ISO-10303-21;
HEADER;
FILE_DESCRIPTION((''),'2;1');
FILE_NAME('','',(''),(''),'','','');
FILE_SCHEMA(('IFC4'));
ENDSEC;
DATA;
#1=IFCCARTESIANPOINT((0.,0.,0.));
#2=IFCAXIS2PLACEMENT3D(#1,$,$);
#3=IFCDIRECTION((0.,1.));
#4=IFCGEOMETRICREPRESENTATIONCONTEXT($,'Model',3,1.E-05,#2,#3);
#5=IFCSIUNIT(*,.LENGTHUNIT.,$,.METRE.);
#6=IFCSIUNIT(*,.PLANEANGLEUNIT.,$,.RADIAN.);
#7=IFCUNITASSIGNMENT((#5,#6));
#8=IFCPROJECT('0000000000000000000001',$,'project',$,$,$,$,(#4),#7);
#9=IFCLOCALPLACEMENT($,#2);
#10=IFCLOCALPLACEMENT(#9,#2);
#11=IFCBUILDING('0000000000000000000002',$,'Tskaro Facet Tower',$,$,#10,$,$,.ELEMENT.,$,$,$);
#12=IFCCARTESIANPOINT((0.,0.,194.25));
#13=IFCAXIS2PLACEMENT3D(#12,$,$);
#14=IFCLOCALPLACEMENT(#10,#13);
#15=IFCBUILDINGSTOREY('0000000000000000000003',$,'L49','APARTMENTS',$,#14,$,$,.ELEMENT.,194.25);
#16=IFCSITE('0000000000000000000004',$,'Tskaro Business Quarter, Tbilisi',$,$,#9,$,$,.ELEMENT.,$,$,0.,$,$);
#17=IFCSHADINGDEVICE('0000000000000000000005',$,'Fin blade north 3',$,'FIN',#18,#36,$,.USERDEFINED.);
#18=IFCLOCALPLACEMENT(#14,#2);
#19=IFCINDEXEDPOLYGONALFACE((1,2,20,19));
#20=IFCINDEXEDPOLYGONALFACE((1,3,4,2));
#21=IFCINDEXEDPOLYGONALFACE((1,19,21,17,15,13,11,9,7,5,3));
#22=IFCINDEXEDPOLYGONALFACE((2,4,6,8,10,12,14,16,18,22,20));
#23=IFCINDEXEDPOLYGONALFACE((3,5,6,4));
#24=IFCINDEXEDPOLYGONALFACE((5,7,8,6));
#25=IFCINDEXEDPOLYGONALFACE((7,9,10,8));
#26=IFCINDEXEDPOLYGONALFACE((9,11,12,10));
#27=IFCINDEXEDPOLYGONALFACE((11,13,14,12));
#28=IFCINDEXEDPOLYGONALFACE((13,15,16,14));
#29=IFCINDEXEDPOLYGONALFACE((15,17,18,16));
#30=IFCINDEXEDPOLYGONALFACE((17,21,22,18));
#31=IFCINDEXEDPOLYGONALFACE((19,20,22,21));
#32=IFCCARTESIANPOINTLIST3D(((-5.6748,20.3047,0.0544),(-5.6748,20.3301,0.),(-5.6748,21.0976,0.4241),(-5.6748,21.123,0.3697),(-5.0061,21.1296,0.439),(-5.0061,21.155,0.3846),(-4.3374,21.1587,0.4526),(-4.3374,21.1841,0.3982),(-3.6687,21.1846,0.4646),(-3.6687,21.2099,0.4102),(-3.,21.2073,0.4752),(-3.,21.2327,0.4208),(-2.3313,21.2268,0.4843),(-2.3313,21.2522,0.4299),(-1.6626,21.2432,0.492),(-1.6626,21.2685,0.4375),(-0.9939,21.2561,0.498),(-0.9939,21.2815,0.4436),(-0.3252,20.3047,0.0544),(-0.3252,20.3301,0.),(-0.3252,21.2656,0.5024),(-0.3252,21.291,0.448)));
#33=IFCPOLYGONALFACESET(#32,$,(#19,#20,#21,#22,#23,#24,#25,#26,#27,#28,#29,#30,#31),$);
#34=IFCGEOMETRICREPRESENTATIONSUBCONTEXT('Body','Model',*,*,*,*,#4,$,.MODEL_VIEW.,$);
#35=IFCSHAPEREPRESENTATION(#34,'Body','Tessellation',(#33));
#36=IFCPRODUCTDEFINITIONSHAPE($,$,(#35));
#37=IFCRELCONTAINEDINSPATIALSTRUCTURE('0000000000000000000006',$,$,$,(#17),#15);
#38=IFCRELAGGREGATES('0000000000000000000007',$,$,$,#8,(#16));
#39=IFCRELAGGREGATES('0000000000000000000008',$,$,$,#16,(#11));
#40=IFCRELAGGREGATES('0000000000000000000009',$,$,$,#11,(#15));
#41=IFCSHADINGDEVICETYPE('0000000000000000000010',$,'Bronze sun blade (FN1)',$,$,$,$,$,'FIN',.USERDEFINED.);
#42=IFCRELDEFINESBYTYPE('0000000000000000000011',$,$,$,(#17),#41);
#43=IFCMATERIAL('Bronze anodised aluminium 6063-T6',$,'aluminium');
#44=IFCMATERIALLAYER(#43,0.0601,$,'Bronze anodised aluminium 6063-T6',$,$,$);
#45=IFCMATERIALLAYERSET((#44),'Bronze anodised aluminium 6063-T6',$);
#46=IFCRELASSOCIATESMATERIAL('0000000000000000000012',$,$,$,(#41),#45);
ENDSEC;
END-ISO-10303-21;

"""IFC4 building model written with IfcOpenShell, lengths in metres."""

from ifc_helpers import new_model, si_unit, direction, frame, origin, place, context, subcontext, project, spatial, polyline, outline, extrude, material, layer, layer_set, type_object, element, save


model = new_model("IFC4")

# Units and contexts
model_context = context("Model", 3, precision=1e-05, world=origin(), true_north=direction((0.0, 1.0)))
body_context = subcontext(model_context, "Body", "Model", "MODEL_VIEW")
ifc_project = project(units=[si_unit("LENGTHUNIT", "METRE"), si_unit("PLANEANGLEUNIT", "RADIAN")], contexts=[model_context])

# Site, building, storey
site_placement = place(None, origin())
site = spatial("IfcSite", under=ifc_project, at=site_placement, Name="Tskaro Business Quarter, Tbilisi", CompositionType="ELEMENT", RefElevation=0.0)
building_placement = place(site_placement, origin())
building = spatial("IfcBuilding", under=site, at=building_placement, Name="Tskaro Facet Tower", CompositionType="ELEMENT")
storey_placement = place(building_placement, frame((0.0, 0.0, 194.25)))
storey = spatial("IfcBuildingStorey", under=building, at=storey_placement, Name="L49", Description="APARTMENTS", CompositionType="ELEMENT", Elevation=194.25)

# Shared definitions
ifc_material_1 = material(Name="Bronze anodised aluminium 6063-T6", Category="aluminium")

# Shading device
ifc_layer_1 = layer(ifc_material_1, 0.0601, Name="Bronze anodised aluminium 6063-T6")
ifc_layer_set_1 = layer_set([ifc_layer_1], Name="Bronze anodised aluminium 6063-T6")
shading_device_type = type_object("IfcShadingDeviceType", Name="Bronze sun blade (FN1)", ElementType="FIN", PredefinedType="USERDEFINED", material=ifc_layer_set_1)
shading_device_1_placement = place(storey_placement, frame((-0.3252, 20.3047, 0.0544), z_axis=(-0.000005, -0.422549, 0.90634), x_axis=(-1.0, 0.000002, -0.000004)))
element("IfcShadingDevice", 1, at=shading_device_1_placement, inside=storey, type_object=shading_device_type, Name="Fin blade north 3", ObjectType="FIN", PredefinedType="USERDEFINED", context=body_context, shape_type="SweptSolid", body=[
    extrude(outline(polyline([(0.0, 0.0), (5.3496, 0.0), (5.3496, -0.8749), (4.6809, -0.9102), (4.0122, -0.9423), (3.3435, -0.9708), (2.6748, -0.9959), (2.0061, -1.0174), (1.3374, -1.0354), (0.6687, -1.0498), (0.0, -1.0602), (0.0, 0.0)])), origin(), (0.0, 0.0, -1.0), 0.0601),
])

save(model, "model.ifc")
